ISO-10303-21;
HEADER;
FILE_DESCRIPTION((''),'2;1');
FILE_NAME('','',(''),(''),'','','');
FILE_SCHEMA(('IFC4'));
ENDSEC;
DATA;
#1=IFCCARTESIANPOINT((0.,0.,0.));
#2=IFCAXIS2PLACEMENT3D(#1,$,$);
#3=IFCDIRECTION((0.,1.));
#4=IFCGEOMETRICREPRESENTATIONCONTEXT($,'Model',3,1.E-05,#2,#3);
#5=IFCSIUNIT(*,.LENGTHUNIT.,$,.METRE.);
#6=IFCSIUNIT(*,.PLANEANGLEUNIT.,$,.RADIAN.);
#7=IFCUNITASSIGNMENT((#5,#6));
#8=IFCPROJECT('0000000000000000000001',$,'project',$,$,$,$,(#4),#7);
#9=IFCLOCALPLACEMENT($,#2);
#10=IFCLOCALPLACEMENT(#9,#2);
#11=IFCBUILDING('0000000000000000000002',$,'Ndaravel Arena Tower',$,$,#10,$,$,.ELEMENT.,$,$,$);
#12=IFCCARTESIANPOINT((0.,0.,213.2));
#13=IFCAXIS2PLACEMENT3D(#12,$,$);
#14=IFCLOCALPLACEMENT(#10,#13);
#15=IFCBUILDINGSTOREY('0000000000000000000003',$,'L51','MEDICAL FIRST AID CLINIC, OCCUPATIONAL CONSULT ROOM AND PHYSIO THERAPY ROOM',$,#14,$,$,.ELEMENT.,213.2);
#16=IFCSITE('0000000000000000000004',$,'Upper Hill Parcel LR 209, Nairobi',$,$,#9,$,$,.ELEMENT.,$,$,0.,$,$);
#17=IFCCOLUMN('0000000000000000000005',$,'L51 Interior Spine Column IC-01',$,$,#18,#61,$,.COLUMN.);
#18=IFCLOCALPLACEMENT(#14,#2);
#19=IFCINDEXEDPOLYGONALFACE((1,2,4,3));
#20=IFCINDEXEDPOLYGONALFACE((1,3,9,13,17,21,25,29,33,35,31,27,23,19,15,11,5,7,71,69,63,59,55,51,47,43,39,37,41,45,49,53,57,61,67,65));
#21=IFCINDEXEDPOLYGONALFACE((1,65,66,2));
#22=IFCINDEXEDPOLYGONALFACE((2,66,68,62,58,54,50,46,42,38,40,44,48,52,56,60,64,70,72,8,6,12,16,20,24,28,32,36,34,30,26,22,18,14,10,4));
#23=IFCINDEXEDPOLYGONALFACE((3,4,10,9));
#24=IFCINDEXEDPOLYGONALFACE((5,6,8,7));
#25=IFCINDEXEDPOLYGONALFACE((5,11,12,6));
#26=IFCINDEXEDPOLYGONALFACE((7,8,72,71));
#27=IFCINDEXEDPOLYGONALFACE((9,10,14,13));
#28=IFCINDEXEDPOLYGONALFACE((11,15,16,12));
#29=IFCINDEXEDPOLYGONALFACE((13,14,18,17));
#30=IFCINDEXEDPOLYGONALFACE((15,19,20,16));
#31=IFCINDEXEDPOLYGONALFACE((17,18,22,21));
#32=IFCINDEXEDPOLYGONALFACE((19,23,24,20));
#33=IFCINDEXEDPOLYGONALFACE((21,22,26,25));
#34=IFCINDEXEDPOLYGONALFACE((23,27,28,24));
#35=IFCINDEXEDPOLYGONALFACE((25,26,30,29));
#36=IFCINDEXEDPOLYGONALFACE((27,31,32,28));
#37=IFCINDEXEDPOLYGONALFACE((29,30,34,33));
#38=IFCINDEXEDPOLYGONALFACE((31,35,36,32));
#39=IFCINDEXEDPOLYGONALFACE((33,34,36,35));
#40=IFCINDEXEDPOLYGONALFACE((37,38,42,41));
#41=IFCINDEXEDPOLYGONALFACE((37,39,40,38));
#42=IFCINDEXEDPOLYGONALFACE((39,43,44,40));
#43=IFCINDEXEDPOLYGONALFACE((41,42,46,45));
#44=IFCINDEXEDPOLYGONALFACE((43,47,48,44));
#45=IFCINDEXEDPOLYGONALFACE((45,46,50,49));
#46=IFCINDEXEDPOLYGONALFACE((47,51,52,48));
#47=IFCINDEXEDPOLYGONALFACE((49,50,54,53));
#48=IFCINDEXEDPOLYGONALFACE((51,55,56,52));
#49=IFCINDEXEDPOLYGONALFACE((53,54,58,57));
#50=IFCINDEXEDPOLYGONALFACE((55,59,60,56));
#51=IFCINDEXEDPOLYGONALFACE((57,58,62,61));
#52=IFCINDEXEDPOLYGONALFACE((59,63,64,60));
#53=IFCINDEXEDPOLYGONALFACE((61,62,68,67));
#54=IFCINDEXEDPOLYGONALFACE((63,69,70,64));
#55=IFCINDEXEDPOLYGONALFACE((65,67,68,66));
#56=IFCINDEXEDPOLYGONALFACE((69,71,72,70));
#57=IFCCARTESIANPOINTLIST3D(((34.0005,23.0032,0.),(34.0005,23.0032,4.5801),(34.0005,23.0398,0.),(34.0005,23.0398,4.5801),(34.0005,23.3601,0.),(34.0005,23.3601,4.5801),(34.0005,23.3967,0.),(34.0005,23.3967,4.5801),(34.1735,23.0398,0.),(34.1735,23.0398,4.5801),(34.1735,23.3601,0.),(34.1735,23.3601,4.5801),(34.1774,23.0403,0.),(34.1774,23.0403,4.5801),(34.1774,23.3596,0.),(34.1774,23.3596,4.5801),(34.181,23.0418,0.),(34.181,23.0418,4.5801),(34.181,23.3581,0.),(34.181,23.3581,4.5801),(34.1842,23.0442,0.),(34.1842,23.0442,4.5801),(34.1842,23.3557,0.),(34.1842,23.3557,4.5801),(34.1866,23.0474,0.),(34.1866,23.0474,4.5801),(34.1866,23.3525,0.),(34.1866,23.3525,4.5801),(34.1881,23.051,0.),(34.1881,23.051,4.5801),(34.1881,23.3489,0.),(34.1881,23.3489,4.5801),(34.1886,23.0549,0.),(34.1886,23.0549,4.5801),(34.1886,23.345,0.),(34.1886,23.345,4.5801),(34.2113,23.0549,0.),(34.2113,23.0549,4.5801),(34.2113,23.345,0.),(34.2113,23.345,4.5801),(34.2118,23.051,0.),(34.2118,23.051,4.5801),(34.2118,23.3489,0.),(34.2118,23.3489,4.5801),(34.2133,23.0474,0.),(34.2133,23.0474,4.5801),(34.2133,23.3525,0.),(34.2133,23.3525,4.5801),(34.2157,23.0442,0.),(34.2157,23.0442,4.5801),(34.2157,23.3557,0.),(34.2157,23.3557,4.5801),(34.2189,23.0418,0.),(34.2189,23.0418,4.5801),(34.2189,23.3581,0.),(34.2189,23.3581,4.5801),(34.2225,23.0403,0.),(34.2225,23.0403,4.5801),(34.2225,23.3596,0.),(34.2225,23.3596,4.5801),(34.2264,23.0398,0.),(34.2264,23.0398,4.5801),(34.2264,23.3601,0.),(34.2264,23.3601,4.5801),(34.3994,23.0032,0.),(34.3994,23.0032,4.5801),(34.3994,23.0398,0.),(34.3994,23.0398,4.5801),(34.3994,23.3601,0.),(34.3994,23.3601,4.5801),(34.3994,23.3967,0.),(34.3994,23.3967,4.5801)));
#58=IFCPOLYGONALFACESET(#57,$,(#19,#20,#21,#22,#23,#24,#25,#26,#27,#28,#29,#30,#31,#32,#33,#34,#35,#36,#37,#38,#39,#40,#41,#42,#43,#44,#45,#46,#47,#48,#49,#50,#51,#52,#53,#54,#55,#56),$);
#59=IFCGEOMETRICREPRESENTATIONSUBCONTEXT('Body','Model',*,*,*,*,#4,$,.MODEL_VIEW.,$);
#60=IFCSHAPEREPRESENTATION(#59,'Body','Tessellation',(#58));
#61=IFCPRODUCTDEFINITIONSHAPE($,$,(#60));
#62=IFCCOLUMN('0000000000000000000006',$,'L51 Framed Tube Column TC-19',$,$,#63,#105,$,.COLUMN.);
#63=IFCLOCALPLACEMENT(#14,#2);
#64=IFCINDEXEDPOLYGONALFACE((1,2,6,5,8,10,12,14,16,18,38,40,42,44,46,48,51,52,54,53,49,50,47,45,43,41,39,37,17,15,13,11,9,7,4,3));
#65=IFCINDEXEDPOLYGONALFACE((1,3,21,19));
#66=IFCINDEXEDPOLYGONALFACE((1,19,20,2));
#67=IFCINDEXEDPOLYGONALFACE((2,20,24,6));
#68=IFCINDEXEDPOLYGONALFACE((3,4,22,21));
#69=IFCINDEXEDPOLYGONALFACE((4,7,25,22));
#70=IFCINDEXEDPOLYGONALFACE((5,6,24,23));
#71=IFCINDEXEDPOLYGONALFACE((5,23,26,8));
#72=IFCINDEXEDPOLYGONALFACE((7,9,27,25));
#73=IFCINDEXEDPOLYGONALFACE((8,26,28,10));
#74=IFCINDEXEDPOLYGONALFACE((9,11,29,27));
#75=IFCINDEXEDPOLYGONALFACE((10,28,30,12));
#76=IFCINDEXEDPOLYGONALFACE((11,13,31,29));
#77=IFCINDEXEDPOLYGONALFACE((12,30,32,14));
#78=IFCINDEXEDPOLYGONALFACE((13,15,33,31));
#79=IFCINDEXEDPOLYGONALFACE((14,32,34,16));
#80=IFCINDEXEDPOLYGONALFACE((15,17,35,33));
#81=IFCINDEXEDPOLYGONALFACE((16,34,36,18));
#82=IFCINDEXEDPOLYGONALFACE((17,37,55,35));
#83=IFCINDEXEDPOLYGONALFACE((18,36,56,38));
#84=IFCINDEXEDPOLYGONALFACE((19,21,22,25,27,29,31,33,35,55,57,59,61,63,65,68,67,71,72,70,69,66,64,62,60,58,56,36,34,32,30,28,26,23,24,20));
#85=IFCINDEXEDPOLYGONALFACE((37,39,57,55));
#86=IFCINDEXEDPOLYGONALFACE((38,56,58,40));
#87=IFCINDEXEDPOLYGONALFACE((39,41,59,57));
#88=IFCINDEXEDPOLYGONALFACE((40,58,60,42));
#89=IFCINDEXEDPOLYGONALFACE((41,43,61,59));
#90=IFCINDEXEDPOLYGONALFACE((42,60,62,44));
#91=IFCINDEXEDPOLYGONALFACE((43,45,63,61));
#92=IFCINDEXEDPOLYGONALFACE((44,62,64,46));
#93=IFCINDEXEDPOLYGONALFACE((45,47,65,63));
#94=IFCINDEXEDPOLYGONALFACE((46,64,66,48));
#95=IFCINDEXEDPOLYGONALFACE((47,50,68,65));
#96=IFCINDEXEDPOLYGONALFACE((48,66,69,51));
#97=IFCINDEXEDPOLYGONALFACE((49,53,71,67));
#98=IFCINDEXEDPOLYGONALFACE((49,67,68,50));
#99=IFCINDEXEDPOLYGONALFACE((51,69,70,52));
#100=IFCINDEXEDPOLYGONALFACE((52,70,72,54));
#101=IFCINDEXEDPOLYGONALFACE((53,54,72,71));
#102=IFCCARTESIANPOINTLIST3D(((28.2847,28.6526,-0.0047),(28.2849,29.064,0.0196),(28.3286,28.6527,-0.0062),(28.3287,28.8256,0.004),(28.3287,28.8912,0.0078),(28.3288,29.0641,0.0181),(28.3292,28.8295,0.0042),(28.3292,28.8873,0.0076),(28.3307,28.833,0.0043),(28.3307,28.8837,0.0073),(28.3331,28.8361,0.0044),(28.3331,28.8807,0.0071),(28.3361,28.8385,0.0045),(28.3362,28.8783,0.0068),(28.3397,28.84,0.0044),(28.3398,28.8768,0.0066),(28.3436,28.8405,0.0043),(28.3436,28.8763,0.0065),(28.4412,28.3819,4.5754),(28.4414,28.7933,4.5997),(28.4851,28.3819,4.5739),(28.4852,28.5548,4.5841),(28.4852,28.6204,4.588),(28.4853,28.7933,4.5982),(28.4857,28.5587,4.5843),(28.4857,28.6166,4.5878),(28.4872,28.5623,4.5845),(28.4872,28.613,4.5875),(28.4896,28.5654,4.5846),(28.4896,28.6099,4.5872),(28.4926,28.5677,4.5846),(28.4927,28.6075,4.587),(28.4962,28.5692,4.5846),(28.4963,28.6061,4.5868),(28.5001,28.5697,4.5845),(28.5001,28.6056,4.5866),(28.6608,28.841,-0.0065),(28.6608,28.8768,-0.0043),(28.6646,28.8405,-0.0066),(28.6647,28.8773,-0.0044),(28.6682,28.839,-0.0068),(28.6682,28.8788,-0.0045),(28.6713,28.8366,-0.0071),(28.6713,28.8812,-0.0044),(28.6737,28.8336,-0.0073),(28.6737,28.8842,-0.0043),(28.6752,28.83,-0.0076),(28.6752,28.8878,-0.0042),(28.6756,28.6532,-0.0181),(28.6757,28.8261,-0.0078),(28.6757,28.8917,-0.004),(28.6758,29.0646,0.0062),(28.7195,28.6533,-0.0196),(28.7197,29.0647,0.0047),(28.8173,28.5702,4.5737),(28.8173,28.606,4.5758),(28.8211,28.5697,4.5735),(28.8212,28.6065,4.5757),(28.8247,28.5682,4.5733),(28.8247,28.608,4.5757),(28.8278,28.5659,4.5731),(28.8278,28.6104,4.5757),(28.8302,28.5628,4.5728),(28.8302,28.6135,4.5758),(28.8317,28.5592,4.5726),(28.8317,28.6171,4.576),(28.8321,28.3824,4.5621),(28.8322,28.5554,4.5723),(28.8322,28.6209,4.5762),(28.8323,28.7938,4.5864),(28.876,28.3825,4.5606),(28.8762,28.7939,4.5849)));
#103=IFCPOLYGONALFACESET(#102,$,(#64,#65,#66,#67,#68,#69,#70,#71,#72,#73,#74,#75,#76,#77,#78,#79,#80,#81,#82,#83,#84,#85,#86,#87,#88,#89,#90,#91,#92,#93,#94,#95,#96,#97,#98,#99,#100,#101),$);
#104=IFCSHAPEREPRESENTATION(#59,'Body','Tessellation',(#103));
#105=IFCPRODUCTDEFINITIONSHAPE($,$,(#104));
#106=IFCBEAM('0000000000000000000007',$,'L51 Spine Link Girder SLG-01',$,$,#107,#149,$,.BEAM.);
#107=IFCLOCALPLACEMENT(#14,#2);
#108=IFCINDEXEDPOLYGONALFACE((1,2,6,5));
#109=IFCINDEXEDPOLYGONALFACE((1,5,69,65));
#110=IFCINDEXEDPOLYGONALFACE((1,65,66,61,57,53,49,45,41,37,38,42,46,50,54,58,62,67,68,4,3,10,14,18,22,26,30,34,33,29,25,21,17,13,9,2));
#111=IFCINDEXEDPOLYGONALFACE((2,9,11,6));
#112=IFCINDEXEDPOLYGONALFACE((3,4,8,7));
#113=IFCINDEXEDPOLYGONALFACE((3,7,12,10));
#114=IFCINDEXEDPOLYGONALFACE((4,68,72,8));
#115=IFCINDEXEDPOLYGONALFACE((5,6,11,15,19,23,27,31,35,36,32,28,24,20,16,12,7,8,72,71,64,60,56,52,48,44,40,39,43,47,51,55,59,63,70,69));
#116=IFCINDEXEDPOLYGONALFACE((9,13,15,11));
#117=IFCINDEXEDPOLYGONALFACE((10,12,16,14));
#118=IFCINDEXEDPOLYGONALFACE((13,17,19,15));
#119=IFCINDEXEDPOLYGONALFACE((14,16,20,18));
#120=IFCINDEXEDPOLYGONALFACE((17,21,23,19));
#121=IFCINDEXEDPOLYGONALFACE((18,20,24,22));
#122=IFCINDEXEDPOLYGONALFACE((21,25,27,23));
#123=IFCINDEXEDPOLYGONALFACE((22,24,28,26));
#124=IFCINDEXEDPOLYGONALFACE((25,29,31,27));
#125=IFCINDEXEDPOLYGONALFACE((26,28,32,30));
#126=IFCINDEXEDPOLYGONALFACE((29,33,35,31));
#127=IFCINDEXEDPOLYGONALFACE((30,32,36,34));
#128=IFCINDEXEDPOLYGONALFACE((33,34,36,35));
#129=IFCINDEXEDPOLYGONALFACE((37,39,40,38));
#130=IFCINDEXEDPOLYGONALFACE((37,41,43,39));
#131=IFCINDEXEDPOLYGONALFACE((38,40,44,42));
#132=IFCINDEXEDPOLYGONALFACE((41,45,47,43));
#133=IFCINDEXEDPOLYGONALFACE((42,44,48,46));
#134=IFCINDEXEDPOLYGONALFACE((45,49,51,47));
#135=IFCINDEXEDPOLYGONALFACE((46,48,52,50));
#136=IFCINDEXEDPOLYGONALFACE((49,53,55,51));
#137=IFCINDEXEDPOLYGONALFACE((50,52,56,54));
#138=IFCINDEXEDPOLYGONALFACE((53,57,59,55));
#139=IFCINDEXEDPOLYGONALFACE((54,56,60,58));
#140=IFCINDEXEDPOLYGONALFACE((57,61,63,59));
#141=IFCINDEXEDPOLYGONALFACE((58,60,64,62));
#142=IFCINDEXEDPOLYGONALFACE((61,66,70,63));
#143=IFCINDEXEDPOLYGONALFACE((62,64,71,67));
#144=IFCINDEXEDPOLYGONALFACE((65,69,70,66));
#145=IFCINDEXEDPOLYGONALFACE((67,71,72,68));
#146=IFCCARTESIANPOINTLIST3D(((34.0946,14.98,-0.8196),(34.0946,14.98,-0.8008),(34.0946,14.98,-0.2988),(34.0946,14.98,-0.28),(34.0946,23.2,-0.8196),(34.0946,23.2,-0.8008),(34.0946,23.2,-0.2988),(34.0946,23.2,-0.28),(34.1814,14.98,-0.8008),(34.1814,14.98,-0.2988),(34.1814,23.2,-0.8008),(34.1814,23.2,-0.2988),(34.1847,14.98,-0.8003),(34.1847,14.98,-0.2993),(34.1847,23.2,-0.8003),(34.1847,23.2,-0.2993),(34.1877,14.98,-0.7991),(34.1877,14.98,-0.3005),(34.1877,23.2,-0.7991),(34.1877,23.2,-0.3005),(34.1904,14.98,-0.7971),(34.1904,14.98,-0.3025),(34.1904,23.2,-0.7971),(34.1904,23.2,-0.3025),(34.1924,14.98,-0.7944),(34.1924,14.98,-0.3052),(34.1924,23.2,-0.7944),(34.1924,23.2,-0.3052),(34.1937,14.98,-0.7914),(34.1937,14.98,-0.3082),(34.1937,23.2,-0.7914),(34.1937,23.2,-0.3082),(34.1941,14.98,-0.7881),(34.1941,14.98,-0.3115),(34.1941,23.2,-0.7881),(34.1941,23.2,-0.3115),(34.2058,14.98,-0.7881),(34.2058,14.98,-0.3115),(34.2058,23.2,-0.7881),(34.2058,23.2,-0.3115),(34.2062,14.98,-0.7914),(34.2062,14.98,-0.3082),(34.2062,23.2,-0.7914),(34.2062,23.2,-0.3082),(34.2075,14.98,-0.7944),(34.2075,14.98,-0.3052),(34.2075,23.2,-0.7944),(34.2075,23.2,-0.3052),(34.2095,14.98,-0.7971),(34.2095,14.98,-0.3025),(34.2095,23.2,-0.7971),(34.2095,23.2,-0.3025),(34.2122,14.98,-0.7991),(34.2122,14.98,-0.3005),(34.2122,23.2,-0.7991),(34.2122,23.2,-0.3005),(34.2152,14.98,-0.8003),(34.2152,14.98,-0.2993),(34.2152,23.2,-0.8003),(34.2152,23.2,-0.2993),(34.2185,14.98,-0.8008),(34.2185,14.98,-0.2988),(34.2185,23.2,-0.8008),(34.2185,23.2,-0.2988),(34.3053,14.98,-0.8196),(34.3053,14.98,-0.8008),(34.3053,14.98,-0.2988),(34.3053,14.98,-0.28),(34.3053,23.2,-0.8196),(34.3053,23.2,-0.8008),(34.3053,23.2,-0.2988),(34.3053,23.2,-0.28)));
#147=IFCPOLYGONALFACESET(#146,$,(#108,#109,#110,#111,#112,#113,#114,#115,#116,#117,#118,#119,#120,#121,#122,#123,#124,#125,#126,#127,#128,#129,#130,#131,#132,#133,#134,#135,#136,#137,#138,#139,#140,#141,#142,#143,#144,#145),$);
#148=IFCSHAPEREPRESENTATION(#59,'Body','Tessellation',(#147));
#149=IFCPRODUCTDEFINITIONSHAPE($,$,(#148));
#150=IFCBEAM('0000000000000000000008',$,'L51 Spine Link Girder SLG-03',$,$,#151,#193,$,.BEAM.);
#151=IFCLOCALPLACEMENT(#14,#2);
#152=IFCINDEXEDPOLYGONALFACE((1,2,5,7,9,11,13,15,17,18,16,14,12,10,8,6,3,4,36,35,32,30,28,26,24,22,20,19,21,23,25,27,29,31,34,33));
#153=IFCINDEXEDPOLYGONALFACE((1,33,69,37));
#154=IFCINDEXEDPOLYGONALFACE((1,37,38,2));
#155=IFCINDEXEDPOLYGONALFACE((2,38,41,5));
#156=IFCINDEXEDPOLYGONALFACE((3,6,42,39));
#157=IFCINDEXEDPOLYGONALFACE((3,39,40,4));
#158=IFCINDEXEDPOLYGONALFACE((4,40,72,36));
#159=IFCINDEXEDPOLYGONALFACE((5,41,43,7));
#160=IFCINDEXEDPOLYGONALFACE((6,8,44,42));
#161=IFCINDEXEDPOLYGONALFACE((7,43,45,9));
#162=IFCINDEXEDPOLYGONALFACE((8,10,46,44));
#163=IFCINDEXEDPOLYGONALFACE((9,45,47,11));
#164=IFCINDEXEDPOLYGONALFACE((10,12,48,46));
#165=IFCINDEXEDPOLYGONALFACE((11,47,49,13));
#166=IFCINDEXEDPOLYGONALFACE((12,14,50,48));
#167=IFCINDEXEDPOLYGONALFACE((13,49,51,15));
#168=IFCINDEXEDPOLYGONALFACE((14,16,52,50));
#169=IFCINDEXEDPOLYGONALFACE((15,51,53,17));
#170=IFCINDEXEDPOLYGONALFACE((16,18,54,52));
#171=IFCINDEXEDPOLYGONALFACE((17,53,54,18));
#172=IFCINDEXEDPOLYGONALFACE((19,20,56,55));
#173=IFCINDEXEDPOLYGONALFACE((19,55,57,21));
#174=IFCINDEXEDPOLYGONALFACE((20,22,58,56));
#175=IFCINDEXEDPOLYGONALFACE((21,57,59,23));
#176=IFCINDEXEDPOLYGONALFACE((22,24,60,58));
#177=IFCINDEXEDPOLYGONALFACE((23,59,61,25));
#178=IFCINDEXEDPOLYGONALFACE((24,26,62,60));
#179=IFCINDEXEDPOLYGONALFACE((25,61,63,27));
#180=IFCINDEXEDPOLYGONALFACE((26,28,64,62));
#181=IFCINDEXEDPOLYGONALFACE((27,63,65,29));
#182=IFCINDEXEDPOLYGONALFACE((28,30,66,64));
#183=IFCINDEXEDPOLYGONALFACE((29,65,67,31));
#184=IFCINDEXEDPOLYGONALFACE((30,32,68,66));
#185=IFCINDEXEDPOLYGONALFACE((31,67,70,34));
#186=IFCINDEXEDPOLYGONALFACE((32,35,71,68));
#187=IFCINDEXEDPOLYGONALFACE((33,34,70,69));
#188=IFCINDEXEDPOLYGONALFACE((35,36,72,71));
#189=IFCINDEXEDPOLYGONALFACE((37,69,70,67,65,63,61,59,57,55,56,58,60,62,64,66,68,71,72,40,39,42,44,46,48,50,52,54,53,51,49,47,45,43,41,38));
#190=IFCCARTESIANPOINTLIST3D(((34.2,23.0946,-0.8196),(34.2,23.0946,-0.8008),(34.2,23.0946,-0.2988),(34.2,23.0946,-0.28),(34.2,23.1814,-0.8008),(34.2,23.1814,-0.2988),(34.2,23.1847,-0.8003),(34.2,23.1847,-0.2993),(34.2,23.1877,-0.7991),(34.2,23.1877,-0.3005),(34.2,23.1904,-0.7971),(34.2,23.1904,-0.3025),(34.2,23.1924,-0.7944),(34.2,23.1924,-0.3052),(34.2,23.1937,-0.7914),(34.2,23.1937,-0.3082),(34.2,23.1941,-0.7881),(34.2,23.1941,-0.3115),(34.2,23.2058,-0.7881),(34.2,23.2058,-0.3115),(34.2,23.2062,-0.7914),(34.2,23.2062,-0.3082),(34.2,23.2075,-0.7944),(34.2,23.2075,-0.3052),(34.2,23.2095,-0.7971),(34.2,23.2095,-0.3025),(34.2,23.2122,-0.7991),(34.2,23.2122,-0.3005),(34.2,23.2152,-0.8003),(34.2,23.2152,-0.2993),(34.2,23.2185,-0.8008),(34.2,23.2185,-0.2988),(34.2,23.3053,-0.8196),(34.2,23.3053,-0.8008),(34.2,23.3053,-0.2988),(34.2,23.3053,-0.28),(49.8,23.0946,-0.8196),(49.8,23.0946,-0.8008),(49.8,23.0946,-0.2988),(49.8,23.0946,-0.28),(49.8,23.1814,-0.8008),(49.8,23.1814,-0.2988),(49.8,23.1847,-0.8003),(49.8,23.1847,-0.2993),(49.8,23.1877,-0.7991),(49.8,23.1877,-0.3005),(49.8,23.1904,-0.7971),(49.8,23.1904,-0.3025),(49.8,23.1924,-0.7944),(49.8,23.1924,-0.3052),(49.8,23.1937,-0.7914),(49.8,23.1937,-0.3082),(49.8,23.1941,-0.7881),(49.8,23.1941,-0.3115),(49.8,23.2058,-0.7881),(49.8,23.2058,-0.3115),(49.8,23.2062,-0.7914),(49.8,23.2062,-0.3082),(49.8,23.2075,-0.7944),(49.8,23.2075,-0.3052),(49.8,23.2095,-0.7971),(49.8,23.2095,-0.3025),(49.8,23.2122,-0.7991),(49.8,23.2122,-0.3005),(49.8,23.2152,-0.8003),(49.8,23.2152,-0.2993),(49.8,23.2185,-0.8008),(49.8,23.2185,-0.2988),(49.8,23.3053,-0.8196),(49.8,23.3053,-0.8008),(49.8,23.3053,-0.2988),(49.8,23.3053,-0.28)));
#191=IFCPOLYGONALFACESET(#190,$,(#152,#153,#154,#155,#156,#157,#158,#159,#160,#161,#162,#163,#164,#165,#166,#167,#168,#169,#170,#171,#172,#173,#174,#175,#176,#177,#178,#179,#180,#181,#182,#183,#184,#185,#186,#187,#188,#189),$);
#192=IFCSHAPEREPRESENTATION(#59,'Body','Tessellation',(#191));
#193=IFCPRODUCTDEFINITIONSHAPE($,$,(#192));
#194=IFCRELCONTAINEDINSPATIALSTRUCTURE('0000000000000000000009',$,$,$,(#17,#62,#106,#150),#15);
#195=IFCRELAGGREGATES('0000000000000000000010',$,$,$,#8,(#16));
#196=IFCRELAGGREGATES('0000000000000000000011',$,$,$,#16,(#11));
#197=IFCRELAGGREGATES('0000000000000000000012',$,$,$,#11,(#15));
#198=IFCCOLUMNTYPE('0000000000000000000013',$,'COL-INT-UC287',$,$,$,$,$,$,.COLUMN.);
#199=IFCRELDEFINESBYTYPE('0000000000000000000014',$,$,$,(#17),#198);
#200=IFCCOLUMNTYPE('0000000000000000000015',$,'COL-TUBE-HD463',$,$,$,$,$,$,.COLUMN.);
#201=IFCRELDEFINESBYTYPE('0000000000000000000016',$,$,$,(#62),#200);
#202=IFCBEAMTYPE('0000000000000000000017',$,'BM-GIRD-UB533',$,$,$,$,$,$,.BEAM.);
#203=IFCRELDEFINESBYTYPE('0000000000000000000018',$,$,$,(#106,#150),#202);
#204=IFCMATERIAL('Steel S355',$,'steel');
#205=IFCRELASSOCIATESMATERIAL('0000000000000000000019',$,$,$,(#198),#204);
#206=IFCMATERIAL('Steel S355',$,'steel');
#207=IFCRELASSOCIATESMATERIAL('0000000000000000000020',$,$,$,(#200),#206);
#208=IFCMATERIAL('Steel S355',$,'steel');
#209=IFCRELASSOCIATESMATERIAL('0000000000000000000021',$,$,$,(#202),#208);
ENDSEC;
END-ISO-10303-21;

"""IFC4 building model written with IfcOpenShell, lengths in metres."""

from ifc_helpers import new_model, si_unit, direction, frame, origin, origin_2d, place, context, subcontext, project, spatial, i_section, extrude, material, material_profile, profile_set, type_object, element, save


model = new_model("IFC4")

# Units and contexts
model_context = context("Model", 3, precision=1e-05, world=origin(), true_north=direction((0.0, 1.0)))
body_context = subcontext(model_context, "Body", "Model", "MODEL_VIEW")
ifc_project = project(units=[si_unit("LENGTHUNIT", "METRE"), si_unit("PLANEANGLEUNIT", "RADIAN")], contexts=[model_context])

# Site, building, storey
site_placement = place(None, origin())
site = spatial("IfcSite", under=ifc_project, at=site_placement, Name="Upper Hill Parcel LR 209, Nairobi", CompositionType="ELEMENT", RefElevation=0.0)
building_placement = place(site_placement, origin())
building = spatial("IfcBuilding", under=site, at=building_placement, Name="Ndaravel Arena Tower", CompositionType="ELEMENT")
storey_placement = place(building_placement, frame((0.0, 0.0, 213.2)))
storey = spatial("IfcBuildingStorey", under=building, at=storey_placement, Name="L51", Description="MEDICAL FIRST AID CLINIC, OCCUPATIONAL CONSULT ROOM AND PHYSIO THERAPY ROOM", CompositionType="ELEMENT", Elevation=213.2)

# Columns
ifc_material_1 = material(Name="Steel S355", Category="steel")
ifc_material_profile_1 = material_profile(ifc_material_1, i_section(OverallWidth=0.3989, OverallDepth=0.3936, WebThickness=0.0227, FlangeThickness=0.0366, FilletRadius=0.0151, at=origin_2d()), Name="UC 356x406x287")
ifc_profile_set_1 = profile_set([ifc_material_profile_1], Name="Steel S355")
column_type_1 = type_object("IfcColumnType", Name="COL-INT-UC287", PredefinedType="COLUMN", material=ifc_profile_set_1)
column_1_placement = place(storey_placement, frame((34.2, 23.2, 0.0), z_axis=(0.0, 0.0, 1.0), x_axis=(1.0, 0.0, 0.0)))
element("IfcColumn", 1, at=column_1_placement, inside=storey, type_object=column_type_1, Name="L51 Interior Spine Column IC-01", PredefinedType="COLUMN", context=body_context, shape_type="SweptSolid", body=[
    extrude(i_section(OverallWidth=0.3989, OverallDepth=0.3936, WebThickness=0.0227, FlangeThickness=0.0366, FilletRadius=0.0151, at=origin_2d()), origin(), (0.0, 0.0, 1.0), 4.5801),
])
ifc_material_2 = material(Name="Steel S355", Category="steel")
ifc_material_profile_2 = material_profile(ifc_material_2, i_section(OverallWidth=0.4121, OverallDepth=0.4351, WebThickness=0.0359, FlangeThickness=0.0439, FilletRadius=0.0149, at=origin_2d()), Name="HD 400x463")
ifc_profile_set_2 = profile_set([ifc_material_profile_2], Name="Steel S355")
column_type_2 = type_object("IfcColumnType", Name="COL-TUBE-HD463", PredefinedType="COLUMN", material=ifc_profile_set_2)
column_2_placement = place(storey_placement, frame((28.5022, 28.8586, 0.0), z_axis=(0.034089, -0.058978, 0.997677), x_axis=(0.000521, 0.998258, 0.058994)))
element("IfcColumn", 2, at=column_2_placement, inside=storey, type_object=column_type_2, Name="L51 Framed Tube Column TC-19", PredefinedType="COLUMN", context=body_context, shape_type="SweptSolid", body=[
    extrude(i_section(OverallWidth=0.4121, OverallDepth=0.4351, WebThickness=0.0359, FlangeThickness=0.0439, FilletRadius=0.0149, at=origin_2d()), origin(), (0.0, 0.0, 1.0), 4.5908),
])

# Beams
ifc_material_3 = material(Name="Steel S355", Category="steel")
ifc_material_profile_3 = material_profile(ifc_material_3, i_section(OverallWidth=0.2107, OverallDepth=0.5396, WebThickness=0.0117, FlangeThickness=0.0188, FilletRadius=0.0127, at=origin_2d()), Name="UB 533x210x109")
ifc_profile_set_3 = profile_set([ifc_material_profile_3], Name="Steel S355")
beam_type_1 = type_object("IfcBeamType", Name="BM-GIRD-UB533", PredefinedType="BEAM", material=ifc_profile_set_3)
beam_1_placement = place(storey_placement, frame((34.2, 14.98, -0.5498), z_axis=(0.0, 1.0, 0.0), x_axis=(-1.0, 0.0, 0.0)))
element("IfcBeam", 3, at=beam_1_placement, inside=storey, type_object=beam_type_1, Name="L51 Spine Link Girder SLG-01", PredefinedType="BEAM", context=body_context, shape_type="SweptSolid", body=[
    extrude(i_section(OverallWidth=0.2107, OverallDepth=0.5396, WebThickness=0.0117, FlangeThickness=0.0188, FilletRadius=0.0127, at=origin_2d()), origin(), (0.0, 0.0, 1.0), 8.22),
])
beam_2_placement = place(storey_placement, frame((34.2, 23.2, -0.5498), z_axis=(1.0, 0.0, 0.0), x_axis=(0.0, 1.0, 0.0)))
element("IfcBeam", 4, at=beam_2_placement, inside=storey, type_object=beam_type_1, Name="L51 Spine Link Girder SLG-03", PredefinedType="BEAM", context=body_context, shape_type="SweptSolid", body=[
    extrude(i_section(OverallWidth=0.2107, OverallDepth=0.5396, WebThickness=0.0117, FlangeThickness=0.0188, FilletRadius=0.0127, at=origin_2d()), origin(), (0.0, 0.0, 1.0), 15.6001),
])

save(model, "model.ifc")
